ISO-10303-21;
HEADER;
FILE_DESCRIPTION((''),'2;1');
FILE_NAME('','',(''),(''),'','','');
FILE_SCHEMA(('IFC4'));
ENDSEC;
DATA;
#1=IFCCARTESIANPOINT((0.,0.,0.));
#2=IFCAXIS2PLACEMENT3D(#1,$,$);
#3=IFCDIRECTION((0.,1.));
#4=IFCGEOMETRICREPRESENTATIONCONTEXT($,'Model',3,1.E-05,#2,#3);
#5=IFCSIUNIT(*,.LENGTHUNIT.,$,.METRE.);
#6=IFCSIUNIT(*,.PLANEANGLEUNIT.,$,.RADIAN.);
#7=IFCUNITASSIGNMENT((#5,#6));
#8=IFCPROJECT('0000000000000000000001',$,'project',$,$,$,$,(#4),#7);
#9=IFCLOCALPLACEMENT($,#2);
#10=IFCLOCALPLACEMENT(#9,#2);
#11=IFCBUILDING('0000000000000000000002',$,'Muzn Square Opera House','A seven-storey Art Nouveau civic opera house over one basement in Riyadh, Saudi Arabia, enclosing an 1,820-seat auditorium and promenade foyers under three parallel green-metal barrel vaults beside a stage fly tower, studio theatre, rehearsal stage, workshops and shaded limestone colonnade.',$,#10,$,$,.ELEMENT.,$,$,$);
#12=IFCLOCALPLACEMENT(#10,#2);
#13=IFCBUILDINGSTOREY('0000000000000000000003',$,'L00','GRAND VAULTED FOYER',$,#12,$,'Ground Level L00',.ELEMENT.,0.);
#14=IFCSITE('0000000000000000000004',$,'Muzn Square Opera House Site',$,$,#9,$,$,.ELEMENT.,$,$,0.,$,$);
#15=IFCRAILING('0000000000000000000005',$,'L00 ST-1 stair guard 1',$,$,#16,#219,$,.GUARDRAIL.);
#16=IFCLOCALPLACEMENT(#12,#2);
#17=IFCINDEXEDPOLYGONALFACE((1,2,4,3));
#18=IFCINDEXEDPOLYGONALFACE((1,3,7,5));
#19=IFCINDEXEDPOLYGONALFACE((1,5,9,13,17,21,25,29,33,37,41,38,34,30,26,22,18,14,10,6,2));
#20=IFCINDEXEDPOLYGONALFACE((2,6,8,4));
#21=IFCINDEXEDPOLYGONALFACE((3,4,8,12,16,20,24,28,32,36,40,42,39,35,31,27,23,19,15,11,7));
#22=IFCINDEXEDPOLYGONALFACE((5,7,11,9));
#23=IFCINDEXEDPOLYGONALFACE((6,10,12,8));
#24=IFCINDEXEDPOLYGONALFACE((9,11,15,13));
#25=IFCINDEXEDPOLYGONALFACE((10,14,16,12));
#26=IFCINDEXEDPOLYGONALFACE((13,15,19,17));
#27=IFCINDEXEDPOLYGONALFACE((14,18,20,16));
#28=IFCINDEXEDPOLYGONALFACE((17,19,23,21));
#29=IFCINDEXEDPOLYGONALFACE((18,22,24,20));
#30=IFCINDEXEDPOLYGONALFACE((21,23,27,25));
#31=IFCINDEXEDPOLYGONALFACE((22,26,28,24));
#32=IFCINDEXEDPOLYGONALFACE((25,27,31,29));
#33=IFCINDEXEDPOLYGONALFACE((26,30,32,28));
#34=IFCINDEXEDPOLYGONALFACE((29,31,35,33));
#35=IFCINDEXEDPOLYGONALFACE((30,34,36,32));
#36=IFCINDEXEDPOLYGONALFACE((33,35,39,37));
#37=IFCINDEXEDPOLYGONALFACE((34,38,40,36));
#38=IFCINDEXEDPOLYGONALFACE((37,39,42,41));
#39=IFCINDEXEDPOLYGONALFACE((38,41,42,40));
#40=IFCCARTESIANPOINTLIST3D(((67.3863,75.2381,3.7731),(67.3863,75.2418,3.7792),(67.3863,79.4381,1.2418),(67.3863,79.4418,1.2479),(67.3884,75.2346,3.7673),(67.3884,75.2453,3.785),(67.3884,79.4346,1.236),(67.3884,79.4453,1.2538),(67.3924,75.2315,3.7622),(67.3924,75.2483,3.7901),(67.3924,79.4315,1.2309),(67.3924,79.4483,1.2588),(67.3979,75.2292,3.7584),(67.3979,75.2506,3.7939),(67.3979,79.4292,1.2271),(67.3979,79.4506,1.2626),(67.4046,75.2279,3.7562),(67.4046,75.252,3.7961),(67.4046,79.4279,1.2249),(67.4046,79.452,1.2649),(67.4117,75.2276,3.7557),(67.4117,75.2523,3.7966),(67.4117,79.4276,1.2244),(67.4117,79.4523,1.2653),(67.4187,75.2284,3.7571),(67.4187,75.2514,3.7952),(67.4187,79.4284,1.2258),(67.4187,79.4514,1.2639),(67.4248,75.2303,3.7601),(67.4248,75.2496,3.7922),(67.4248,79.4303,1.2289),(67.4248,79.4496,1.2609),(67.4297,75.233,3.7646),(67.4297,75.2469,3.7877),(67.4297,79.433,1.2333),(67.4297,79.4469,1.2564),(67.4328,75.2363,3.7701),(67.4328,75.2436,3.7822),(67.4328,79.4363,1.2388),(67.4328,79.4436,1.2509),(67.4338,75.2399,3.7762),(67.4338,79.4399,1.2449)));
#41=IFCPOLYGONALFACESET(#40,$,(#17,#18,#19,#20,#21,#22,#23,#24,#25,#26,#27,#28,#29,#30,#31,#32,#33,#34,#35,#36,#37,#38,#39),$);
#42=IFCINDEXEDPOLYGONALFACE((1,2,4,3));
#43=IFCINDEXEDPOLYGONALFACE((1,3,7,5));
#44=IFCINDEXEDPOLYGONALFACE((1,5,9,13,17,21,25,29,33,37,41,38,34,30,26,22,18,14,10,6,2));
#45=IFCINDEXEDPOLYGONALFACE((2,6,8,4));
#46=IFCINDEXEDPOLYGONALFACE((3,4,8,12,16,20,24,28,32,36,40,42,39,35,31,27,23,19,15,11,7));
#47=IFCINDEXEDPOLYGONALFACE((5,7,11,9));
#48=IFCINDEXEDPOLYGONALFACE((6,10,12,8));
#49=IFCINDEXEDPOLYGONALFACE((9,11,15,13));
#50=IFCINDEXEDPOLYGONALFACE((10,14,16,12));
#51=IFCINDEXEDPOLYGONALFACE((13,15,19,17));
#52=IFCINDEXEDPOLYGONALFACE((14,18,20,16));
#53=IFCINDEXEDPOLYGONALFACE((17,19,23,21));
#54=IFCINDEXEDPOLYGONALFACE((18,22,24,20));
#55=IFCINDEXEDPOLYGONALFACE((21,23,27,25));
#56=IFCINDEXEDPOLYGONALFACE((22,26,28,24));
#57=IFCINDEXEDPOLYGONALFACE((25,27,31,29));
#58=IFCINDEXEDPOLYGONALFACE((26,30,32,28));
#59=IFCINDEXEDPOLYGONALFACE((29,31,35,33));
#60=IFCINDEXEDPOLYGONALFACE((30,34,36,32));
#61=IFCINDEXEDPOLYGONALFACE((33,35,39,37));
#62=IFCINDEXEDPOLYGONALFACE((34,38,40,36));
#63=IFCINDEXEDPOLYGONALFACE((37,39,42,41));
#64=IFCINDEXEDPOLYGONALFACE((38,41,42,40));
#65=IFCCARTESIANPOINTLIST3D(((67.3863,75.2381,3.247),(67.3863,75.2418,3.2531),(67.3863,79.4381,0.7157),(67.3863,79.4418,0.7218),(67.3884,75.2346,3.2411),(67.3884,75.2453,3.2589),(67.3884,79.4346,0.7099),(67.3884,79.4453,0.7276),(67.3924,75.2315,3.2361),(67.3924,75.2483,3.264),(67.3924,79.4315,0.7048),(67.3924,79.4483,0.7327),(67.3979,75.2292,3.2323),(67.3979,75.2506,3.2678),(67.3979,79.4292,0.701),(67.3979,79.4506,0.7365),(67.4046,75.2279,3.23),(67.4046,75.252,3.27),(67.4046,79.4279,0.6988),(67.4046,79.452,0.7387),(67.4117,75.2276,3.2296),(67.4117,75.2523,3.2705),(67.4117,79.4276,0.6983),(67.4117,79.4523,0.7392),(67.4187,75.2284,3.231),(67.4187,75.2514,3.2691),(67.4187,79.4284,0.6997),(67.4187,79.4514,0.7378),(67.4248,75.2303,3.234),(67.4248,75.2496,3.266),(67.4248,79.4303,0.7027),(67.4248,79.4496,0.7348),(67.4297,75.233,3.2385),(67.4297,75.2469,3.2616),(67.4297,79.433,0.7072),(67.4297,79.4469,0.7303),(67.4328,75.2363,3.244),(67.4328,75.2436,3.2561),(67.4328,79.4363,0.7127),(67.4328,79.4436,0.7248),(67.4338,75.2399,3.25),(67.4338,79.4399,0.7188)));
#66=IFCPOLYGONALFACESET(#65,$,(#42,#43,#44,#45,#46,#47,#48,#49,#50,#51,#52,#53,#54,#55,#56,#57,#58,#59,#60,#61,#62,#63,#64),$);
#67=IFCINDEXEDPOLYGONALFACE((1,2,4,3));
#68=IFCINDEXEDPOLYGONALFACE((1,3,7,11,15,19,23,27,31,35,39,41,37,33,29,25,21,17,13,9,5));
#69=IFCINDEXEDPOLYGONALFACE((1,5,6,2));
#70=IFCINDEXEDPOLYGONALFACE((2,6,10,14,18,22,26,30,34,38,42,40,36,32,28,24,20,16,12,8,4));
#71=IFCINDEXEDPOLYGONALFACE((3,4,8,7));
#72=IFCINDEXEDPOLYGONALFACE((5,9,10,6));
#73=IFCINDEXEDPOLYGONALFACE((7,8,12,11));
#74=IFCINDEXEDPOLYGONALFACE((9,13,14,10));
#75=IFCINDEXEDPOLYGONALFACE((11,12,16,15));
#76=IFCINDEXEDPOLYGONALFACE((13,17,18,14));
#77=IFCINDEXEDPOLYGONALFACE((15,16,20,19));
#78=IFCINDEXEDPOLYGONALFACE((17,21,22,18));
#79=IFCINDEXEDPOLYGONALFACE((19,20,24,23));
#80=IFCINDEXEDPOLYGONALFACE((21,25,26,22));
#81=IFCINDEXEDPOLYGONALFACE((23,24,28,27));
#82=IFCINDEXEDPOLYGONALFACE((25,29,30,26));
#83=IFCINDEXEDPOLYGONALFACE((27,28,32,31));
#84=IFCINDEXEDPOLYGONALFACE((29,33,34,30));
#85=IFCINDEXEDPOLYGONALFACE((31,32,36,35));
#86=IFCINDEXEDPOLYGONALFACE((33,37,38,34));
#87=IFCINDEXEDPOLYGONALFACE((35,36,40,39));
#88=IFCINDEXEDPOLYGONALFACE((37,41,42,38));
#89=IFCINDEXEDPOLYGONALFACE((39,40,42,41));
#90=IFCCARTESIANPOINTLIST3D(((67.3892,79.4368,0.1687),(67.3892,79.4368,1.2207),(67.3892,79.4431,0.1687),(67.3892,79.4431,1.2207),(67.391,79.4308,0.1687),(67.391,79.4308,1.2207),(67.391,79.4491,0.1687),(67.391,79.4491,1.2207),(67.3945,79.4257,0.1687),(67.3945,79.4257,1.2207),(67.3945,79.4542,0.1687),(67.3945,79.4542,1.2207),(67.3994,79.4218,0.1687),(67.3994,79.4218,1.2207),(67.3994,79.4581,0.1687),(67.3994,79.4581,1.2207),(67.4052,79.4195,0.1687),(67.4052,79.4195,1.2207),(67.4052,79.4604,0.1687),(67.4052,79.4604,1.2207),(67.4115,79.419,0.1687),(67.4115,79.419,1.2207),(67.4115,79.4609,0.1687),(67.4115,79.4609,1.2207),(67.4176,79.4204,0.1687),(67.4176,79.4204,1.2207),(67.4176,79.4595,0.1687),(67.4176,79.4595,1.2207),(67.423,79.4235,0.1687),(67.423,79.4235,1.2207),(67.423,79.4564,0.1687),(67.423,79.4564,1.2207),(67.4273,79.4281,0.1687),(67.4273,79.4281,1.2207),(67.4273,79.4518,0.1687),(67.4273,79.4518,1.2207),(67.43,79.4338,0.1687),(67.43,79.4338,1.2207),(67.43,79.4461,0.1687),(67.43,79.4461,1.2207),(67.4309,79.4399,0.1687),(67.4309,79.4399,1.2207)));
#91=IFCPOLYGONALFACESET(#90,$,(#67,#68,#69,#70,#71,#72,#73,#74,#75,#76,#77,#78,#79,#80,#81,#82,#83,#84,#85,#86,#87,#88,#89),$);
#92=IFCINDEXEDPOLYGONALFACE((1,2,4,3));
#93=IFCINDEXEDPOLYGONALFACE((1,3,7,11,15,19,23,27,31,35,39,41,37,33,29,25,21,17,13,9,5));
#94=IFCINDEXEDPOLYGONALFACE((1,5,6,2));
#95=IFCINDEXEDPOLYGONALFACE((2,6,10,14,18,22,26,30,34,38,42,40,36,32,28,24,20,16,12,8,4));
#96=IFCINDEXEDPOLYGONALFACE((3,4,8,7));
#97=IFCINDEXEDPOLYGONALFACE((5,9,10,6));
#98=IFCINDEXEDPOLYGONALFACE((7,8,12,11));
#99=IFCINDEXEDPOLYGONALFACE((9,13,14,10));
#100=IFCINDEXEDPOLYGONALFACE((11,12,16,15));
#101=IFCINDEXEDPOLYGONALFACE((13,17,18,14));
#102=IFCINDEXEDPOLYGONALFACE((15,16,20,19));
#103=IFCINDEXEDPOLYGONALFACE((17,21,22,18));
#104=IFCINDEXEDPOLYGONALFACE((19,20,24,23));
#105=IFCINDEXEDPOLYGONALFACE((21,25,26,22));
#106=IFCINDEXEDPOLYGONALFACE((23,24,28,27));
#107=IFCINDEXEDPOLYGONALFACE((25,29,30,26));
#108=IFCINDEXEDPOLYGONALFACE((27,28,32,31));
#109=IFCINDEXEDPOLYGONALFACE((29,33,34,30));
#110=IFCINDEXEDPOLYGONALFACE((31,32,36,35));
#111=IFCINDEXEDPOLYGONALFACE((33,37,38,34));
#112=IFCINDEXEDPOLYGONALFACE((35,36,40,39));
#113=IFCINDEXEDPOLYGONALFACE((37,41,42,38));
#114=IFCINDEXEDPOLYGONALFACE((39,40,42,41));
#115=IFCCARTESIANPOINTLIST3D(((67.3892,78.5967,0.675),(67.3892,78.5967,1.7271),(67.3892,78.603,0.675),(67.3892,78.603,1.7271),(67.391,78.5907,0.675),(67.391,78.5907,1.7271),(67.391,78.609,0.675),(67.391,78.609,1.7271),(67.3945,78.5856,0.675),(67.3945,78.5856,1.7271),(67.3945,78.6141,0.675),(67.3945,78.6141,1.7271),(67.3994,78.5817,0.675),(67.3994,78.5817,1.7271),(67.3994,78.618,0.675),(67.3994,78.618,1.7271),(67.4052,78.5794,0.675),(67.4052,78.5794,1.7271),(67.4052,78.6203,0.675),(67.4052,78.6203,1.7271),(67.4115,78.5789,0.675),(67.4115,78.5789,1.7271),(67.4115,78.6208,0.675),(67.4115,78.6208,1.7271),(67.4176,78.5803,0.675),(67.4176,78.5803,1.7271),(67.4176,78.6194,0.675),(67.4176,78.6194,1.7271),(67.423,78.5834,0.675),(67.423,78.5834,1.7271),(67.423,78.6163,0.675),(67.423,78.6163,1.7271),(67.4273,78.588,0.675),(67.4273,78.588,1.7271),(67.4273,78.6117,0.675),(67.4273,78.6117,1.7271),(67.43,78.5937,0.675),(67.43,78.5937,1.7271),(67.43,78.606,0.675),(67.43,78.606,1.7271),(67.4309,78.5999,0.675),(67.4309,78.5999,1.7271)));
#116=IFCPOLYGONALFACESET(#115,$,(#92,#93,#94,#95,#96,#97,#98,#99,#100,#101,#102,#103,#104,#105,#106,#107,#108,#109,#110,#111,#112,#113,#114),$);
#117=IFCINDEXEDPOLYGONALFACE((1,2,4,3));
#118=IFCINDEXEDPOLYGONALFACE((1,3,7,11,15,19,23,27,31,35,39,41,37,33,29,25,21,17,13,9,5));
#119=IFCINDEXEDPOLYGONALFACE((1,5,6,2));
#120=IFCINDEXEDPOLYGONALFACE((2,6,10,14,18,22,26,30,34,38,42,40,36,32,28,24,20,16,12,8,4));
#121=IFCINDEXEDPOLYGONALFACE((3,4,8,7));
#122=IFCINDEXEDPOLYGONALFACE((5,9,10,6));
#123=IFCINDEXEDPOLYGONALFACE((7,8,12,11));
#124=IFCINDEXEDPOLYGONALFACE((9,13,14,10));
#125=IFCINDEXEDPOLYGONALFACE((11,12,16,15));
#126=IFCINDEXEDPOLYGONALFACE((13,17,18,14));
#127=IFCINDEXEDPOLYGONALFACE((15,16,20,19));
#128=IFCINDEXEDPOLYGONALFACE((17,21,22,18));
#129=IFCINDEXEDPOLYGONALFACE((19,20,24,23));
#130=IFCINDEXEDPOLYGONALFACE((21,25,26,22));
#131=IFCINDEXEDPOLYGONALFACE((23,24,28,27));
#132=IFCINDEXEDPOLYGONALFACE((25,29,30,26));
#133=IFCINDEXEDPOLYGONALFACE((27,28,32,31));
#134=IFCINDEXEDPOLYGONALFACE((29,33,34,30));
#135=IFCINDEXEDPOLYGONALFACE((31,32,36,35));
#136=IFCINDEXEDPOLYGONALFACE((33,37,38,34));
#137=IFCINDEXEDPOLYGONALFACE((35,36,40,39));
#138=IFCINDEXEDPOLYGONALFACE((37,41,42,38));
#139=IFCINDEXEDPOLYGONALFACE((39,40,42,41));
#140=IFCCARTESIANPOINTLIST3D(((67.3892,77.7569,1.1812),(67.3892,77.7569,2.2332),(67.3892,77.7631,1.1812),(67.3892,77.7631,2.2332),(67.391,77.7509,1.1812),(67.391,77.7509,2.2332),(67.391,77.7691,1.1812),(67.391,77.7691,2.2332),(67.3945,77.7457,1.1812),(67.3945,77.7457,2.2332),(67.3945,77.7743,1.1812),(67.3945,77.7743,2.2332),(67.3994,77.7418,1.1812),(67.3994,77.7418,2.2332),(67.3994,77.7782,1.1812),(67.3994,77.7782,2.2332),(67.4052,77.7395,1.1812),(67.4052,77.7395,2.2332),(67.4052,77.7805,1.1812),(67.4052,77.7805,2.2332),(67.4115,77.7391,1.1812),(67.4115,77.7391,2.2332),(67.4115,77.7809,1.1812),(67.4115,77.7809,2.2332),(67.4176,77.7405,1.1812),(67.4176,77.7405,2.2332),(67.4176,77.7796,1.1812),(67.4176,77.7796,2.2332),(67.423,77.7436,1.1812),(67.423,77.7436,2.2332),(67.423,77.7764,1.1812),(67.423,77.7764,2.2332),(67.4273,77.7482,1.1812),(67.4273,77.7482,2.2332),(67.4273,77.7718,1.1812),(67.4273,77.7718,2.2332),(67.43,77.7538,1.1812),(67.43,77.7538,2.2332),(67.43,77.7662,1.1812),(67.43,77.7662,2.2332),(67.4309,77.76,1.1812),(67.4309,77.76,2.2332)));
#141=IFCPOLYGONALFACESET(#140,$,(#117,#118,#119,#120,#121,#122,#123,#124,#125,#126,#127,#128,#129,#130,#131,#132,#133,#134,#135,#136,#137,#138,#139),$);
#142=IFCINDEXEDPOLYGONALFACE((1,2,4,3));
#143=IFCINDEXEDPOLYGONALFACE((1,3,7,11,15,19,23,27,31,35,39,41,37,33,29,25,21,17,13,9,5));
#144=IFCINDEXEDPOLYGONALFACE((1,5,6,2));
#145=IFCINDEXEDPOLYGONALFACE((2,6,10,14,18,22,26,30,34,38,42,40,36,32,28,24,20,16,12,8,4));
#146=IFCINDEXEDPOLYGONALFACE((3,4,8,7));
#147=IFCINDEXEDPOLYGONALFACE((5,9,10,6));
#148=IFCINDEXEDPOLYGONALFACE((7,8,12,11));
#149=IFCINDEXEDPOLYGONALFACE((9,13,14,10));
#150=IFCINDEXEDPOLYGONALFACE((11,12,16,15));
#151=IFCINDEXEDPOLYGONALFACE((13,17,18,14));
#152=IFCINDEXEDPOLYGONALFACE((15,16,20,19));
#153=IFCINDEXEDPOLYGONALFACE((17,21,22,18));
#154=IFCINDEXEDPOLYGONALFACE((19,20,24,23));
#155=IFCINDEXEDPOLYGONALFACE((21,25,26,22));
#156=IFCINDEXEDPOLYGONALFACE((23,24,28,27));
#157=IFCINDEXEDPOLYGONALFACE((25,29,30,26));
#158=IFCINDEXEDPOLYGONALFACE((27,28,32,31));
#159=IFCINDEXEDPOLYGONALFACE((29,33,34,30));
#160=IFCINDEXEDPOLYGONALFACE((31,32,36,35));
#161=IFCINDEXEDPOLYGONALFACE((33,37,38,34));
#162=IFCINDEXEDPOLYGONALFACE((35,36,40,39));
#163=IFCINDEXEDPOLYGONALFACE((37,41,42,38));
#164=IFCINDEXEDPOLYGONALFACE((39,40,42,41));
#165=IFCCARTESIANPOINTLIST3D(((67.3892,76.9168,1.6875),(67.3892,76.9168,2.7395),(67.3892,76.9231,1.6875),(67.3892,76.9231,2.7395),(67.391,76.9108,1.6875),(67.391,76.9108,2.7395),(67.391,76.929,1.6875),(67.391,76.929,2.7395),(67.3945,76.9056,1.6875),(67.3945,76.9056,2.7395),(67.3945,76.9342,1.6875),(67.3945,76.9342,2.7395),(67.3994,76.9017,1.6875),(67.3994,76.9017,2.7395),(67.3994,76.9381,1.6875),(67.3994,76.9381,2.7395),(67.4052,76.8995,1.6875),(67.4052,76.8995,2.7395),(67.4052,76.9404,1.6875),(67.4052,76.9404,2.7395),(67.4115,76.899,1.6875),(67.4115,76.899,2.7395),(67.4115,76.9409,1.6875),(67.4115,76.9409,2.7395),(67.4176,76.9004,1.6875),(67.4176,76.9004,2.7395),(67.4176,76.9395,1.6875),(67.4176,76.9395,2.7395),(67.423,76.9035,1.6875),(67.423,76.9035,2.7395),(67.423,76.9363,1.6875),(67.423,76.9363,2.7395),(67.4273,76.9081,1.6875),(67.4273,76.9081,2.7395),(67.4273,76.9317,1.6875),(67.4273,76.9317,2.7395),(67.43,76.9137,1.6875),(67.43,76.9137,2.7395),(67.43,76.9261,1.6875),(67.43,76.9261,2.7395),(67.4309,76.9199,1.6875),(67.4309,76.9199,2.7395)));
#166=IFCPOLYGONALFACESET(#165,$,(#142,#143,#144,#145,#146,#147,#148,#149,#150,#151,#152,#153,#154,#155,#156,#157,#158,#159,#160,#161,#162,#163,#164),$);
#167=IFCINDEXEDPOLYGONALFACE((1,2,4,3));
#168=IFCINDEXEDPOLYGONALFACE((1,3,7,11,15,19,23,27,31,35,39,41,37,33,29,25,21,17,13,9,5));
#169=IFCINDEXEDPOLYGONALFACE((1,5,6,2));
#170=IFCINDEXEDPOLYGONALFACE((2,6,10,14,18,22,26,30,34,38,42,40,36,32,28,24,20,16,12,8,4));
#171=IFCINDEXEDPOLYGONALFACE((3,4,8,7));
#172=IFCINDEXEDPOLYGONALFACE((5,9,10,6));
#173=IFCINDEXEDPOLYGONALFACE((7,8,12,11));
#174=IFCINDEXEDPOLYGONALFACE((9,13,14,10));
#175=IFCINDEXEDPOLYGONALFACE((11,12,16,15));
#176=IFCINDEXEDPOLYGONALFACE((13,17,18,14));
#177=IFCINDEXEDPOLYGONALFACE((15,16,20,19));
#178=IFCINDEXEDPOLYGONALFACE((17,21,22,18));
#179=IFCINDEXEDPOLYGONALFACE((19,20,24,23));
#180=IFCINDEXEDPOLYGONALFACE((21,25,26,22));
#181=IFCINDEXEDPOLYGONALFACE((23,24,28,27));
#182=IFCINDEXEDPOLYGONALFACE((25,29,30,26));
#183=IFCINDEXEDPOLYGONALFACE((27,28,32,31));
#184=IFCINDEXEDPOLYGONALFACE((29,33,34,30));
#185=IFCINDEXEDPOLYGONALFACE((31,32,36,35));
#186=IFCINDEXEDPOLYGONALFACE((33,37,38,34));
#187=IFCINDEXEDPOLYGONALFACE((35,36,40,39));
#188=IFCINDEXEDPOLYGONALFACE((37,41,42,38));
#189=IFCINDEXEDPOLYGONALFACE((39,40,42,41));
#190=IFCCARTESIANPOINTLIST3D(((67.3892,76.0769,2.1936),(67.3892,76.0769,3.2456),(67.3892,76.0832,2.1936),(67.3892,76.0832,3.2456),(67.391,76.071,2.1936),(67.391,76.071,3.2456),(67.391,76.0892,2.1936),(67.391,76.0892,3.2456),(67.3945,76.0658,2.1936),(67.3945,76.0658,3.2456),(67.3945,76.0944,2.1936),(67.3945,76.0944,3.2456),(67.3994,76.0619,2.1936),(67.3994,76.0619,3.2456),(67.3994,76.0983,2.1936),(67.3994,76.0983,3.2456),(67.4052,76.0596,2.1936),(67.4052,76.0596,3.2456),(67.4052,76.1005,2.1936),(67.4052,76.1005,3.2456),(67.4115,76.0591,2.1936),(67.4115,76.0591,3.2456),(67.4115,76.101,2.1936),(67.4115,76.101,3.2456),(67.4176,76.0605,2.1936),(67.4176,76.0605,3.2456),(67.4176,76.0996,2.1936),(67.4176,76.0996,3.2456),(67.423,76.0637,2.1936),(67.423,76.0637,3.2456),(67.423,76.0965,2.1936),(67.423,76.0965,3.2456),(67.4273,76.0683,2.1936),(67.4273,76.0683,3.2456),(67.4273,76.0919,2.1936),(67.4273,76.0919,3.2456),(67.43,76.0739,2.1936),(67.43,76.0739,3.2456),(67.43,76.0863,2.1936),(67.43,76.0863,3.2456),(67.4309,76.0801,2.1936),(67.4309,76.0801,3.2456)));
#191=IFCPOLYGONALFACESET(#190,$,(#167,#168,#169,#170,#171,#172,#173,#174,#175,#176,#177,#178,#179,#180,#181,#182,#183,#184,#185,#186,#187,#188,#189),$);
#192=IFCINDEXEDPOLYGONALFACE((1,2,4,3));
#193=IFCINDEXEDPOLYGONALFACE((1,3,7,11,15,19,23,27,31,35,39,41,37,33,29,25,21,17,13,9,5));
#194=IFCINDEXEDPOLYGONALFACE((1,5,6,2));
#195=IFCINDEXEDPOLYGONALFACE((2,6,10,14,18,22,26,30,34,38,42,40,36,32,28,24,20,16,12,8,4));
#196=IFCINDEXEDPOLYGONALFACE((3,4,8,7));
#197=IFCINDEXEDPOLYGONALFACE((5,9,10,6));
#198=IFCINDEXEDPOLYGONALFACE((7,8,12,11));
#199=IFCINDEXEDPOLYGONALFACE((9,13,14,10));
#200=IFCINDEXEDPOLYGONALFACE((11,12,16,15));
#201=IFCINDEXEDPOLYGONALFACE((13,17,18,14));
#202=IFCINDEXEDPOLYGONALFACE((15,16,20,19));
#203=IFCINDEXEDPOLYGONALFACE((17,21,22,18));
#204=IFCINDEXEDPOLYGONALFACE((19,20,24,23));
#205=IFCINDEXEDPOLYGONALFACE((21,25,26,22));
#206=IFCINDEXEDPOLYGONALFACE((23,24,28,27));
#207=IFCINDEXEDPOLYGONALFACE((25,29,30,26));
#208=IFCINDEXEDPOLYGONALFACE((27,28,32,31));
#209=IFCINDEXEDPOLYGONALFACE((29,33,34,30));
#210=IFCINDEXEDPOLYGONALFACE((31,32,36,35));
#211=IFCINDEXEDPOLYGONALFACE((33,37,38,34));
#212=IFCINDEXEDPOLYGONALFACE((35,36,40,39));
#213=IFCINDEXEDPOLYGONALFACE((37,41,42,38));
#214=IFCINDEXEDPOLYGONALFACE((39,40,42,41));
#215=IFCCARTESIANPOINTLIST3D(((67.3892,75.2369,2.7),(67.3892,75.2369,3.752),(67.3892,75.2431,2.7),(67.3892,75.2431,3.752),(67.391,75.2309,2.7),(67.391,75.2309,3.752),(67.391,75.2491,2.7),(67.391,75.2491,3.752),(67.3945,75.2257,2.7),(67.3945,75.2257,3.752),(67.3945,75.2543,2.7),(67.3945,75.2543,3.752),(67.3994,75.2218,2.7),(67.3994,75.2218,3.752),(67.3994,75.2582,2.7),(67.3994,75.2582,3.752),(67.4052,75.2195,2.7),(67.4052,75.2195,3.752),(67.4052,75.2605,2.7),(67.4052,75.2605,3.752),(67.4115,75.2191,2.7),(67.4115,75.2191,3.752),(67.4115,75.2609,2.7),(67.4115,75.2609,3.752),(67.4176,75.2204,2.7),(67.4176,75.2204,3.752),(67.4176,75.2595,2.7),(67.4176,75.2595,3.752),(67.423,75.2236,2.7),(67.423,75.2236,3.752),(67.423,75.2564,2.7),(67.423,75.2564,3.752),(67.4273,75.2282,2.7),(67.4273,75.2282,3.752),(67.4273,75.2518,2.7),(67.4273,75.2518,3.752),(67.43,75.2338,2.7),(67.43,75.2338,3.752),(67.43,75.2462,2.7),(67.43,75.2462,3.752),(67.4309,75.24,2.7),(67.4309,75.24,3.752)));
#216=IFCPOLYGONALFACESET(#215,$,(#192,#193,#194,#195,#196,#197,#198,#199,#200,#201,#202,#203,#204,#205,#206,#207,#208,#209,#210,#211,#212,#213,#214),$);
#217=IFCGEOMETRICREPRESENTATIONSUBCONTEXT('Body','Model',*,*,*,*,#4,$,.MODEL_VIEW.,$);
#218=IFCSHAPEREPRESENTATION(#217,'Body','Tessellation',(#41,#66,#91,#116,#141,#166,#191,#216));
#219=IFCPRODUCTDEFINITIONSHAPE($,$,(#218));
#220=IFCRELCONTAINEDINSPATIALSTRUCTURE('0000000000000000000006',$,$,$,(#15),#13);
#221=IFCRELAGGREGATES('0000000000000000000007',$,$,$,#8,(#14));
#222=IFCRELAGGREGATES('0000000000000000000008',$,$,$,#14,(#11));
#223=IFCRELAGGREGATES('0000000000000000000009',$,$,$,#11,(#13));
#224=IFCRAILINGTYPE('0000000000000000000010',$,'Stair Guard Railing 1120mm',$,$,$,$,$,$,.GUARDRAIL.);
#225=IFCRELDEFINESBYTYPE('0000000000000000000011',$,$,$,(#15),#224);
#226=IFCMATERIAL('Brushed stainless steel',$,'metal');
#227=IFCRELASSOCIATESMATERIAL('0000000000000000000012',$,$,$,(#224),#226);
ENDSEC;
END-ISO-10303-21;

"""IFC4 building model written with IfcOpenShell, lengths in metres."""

from ifc_helpers import new_model, si_unit, direction, frame, origin, origin_2d, place, context, subcontext, project, spatial, circle, extrude, material, type_object, element, save


model = new_model("IFC4")

# Units and contexts
model_context = context("Model", 3, precision=1e-05, world=origin(), true_north=direction((0.0, 1.0)))
body_context = subcontext(model_context, "Body", "Model", "MODEL_VIEW")
ifc_project = project(units=[si_unit("LENGTHUNIT", "METRE"), si_unit("PLANEANGLEUNIT", "RADIAN")], contexts=[model_context])

# Site, building, storey
site_placement = place(None, origin())
site = spatial("IfcSite", under=ifc_project, at=site_placement, Name="Muzn Square Opera House Site", CompositionType="ELEMENT", RefElevation=0.0)
building_placement = place(site_placement, origin())
building = spatial("IfcBuilding", under=site, at=building_placement, Name="Muzn Square Opera House", Description="A seven-storey Art Nouveau civic opera house over one basement in Riyadh, Saudi Arabia, enclosing an 1,820-seat auditorium and promenade foyers under three parallel green-metal barrel vaults beside a stage fly tower, studio theatre, rehearsal stage, workshops and shaded limestone colonnade.", CompositionType="ELEMENT")
storey_placement = place(building_placement, origin())
storey = spatial("IfcBuildingStorey", under=building, at=storey_placement, Name="L00", Description="GRAND VAULTED FOYER", LongName="Ground Level L00", CompositionType="ELEMENT", Elevation=0.0)

# Railing
ifc_material_1 = material(Name="Brushed stainless steel", Category="metal")
railing_type_1 = type_object("IfcRailingType", Name="Stair Guard Railing 1120mm", PredefinedType="GUARDRAIL", material=ifc_material_1)
railing_1_placement = place(storey_placement, frame((67.4099, 79.4399, 0.1687)))
element("IfcRailing", 1, at=railing_1_placement, inside=storey, type_object=railing_type_1, Name="L00 ST-1 stair guard 1", PredefinedType="GUARDRAIL", context=body_context, shape_type="SweptSolid", body=[
    extrude(circle(Radius=0.0239, at=origin_2d()), frame((0.0, 0.0, 1.0762), z_axis=(0.0, -0.856476, 0.516186), x_axis=(1.0, 0.0, 0.0)), (0.0, 0.0, 1.0), 4.9038),
    extrude(circle(Radius=0.0239, at=origin_2d()), frame((0.0, 0.0, 0.55), z_axis=(0.0, -0.856476, 0.516186), x_axis=(1.0, 0.0, 0.0)), (0.0, 0.0, 1.0), 4.9038),
    extrude(circle(Radius=0.021, at=origin_2d()), origin(), (0.0, 0.0, 1.0), 1.052),
    extrude(circle(Radius=0.021, at=origin_2d()), frame((0.0, -0.8401, 0.5063)), (0.0, 0.0, 1.0), 1.052),
    extrude(circle(Radius=0.021, at=origin_2d()), frame((0.0, -1.6799, 1.0125)), (0.0, 0.0, 1.0), 1.052),
    extrude(circle(Radius=0.021, at=origin_2d()), frame((0.0, -2.52, 1.5188)), (0.0, 0.0, 1.0), 1.052),
    extrude(circle(Radius=0.021, at=origin_2d()), frame((0.0, -3.3599, 2.0249)), (0.0, 0.0, 1.0), 1.052),
    extrude(circle(Radius=0.021, at=origin_2d()), frame((0.0, -4.2, 2.5312)), (0.0, 0.0, 1.0), 1.052),
])

save(model, "model.ifc")
